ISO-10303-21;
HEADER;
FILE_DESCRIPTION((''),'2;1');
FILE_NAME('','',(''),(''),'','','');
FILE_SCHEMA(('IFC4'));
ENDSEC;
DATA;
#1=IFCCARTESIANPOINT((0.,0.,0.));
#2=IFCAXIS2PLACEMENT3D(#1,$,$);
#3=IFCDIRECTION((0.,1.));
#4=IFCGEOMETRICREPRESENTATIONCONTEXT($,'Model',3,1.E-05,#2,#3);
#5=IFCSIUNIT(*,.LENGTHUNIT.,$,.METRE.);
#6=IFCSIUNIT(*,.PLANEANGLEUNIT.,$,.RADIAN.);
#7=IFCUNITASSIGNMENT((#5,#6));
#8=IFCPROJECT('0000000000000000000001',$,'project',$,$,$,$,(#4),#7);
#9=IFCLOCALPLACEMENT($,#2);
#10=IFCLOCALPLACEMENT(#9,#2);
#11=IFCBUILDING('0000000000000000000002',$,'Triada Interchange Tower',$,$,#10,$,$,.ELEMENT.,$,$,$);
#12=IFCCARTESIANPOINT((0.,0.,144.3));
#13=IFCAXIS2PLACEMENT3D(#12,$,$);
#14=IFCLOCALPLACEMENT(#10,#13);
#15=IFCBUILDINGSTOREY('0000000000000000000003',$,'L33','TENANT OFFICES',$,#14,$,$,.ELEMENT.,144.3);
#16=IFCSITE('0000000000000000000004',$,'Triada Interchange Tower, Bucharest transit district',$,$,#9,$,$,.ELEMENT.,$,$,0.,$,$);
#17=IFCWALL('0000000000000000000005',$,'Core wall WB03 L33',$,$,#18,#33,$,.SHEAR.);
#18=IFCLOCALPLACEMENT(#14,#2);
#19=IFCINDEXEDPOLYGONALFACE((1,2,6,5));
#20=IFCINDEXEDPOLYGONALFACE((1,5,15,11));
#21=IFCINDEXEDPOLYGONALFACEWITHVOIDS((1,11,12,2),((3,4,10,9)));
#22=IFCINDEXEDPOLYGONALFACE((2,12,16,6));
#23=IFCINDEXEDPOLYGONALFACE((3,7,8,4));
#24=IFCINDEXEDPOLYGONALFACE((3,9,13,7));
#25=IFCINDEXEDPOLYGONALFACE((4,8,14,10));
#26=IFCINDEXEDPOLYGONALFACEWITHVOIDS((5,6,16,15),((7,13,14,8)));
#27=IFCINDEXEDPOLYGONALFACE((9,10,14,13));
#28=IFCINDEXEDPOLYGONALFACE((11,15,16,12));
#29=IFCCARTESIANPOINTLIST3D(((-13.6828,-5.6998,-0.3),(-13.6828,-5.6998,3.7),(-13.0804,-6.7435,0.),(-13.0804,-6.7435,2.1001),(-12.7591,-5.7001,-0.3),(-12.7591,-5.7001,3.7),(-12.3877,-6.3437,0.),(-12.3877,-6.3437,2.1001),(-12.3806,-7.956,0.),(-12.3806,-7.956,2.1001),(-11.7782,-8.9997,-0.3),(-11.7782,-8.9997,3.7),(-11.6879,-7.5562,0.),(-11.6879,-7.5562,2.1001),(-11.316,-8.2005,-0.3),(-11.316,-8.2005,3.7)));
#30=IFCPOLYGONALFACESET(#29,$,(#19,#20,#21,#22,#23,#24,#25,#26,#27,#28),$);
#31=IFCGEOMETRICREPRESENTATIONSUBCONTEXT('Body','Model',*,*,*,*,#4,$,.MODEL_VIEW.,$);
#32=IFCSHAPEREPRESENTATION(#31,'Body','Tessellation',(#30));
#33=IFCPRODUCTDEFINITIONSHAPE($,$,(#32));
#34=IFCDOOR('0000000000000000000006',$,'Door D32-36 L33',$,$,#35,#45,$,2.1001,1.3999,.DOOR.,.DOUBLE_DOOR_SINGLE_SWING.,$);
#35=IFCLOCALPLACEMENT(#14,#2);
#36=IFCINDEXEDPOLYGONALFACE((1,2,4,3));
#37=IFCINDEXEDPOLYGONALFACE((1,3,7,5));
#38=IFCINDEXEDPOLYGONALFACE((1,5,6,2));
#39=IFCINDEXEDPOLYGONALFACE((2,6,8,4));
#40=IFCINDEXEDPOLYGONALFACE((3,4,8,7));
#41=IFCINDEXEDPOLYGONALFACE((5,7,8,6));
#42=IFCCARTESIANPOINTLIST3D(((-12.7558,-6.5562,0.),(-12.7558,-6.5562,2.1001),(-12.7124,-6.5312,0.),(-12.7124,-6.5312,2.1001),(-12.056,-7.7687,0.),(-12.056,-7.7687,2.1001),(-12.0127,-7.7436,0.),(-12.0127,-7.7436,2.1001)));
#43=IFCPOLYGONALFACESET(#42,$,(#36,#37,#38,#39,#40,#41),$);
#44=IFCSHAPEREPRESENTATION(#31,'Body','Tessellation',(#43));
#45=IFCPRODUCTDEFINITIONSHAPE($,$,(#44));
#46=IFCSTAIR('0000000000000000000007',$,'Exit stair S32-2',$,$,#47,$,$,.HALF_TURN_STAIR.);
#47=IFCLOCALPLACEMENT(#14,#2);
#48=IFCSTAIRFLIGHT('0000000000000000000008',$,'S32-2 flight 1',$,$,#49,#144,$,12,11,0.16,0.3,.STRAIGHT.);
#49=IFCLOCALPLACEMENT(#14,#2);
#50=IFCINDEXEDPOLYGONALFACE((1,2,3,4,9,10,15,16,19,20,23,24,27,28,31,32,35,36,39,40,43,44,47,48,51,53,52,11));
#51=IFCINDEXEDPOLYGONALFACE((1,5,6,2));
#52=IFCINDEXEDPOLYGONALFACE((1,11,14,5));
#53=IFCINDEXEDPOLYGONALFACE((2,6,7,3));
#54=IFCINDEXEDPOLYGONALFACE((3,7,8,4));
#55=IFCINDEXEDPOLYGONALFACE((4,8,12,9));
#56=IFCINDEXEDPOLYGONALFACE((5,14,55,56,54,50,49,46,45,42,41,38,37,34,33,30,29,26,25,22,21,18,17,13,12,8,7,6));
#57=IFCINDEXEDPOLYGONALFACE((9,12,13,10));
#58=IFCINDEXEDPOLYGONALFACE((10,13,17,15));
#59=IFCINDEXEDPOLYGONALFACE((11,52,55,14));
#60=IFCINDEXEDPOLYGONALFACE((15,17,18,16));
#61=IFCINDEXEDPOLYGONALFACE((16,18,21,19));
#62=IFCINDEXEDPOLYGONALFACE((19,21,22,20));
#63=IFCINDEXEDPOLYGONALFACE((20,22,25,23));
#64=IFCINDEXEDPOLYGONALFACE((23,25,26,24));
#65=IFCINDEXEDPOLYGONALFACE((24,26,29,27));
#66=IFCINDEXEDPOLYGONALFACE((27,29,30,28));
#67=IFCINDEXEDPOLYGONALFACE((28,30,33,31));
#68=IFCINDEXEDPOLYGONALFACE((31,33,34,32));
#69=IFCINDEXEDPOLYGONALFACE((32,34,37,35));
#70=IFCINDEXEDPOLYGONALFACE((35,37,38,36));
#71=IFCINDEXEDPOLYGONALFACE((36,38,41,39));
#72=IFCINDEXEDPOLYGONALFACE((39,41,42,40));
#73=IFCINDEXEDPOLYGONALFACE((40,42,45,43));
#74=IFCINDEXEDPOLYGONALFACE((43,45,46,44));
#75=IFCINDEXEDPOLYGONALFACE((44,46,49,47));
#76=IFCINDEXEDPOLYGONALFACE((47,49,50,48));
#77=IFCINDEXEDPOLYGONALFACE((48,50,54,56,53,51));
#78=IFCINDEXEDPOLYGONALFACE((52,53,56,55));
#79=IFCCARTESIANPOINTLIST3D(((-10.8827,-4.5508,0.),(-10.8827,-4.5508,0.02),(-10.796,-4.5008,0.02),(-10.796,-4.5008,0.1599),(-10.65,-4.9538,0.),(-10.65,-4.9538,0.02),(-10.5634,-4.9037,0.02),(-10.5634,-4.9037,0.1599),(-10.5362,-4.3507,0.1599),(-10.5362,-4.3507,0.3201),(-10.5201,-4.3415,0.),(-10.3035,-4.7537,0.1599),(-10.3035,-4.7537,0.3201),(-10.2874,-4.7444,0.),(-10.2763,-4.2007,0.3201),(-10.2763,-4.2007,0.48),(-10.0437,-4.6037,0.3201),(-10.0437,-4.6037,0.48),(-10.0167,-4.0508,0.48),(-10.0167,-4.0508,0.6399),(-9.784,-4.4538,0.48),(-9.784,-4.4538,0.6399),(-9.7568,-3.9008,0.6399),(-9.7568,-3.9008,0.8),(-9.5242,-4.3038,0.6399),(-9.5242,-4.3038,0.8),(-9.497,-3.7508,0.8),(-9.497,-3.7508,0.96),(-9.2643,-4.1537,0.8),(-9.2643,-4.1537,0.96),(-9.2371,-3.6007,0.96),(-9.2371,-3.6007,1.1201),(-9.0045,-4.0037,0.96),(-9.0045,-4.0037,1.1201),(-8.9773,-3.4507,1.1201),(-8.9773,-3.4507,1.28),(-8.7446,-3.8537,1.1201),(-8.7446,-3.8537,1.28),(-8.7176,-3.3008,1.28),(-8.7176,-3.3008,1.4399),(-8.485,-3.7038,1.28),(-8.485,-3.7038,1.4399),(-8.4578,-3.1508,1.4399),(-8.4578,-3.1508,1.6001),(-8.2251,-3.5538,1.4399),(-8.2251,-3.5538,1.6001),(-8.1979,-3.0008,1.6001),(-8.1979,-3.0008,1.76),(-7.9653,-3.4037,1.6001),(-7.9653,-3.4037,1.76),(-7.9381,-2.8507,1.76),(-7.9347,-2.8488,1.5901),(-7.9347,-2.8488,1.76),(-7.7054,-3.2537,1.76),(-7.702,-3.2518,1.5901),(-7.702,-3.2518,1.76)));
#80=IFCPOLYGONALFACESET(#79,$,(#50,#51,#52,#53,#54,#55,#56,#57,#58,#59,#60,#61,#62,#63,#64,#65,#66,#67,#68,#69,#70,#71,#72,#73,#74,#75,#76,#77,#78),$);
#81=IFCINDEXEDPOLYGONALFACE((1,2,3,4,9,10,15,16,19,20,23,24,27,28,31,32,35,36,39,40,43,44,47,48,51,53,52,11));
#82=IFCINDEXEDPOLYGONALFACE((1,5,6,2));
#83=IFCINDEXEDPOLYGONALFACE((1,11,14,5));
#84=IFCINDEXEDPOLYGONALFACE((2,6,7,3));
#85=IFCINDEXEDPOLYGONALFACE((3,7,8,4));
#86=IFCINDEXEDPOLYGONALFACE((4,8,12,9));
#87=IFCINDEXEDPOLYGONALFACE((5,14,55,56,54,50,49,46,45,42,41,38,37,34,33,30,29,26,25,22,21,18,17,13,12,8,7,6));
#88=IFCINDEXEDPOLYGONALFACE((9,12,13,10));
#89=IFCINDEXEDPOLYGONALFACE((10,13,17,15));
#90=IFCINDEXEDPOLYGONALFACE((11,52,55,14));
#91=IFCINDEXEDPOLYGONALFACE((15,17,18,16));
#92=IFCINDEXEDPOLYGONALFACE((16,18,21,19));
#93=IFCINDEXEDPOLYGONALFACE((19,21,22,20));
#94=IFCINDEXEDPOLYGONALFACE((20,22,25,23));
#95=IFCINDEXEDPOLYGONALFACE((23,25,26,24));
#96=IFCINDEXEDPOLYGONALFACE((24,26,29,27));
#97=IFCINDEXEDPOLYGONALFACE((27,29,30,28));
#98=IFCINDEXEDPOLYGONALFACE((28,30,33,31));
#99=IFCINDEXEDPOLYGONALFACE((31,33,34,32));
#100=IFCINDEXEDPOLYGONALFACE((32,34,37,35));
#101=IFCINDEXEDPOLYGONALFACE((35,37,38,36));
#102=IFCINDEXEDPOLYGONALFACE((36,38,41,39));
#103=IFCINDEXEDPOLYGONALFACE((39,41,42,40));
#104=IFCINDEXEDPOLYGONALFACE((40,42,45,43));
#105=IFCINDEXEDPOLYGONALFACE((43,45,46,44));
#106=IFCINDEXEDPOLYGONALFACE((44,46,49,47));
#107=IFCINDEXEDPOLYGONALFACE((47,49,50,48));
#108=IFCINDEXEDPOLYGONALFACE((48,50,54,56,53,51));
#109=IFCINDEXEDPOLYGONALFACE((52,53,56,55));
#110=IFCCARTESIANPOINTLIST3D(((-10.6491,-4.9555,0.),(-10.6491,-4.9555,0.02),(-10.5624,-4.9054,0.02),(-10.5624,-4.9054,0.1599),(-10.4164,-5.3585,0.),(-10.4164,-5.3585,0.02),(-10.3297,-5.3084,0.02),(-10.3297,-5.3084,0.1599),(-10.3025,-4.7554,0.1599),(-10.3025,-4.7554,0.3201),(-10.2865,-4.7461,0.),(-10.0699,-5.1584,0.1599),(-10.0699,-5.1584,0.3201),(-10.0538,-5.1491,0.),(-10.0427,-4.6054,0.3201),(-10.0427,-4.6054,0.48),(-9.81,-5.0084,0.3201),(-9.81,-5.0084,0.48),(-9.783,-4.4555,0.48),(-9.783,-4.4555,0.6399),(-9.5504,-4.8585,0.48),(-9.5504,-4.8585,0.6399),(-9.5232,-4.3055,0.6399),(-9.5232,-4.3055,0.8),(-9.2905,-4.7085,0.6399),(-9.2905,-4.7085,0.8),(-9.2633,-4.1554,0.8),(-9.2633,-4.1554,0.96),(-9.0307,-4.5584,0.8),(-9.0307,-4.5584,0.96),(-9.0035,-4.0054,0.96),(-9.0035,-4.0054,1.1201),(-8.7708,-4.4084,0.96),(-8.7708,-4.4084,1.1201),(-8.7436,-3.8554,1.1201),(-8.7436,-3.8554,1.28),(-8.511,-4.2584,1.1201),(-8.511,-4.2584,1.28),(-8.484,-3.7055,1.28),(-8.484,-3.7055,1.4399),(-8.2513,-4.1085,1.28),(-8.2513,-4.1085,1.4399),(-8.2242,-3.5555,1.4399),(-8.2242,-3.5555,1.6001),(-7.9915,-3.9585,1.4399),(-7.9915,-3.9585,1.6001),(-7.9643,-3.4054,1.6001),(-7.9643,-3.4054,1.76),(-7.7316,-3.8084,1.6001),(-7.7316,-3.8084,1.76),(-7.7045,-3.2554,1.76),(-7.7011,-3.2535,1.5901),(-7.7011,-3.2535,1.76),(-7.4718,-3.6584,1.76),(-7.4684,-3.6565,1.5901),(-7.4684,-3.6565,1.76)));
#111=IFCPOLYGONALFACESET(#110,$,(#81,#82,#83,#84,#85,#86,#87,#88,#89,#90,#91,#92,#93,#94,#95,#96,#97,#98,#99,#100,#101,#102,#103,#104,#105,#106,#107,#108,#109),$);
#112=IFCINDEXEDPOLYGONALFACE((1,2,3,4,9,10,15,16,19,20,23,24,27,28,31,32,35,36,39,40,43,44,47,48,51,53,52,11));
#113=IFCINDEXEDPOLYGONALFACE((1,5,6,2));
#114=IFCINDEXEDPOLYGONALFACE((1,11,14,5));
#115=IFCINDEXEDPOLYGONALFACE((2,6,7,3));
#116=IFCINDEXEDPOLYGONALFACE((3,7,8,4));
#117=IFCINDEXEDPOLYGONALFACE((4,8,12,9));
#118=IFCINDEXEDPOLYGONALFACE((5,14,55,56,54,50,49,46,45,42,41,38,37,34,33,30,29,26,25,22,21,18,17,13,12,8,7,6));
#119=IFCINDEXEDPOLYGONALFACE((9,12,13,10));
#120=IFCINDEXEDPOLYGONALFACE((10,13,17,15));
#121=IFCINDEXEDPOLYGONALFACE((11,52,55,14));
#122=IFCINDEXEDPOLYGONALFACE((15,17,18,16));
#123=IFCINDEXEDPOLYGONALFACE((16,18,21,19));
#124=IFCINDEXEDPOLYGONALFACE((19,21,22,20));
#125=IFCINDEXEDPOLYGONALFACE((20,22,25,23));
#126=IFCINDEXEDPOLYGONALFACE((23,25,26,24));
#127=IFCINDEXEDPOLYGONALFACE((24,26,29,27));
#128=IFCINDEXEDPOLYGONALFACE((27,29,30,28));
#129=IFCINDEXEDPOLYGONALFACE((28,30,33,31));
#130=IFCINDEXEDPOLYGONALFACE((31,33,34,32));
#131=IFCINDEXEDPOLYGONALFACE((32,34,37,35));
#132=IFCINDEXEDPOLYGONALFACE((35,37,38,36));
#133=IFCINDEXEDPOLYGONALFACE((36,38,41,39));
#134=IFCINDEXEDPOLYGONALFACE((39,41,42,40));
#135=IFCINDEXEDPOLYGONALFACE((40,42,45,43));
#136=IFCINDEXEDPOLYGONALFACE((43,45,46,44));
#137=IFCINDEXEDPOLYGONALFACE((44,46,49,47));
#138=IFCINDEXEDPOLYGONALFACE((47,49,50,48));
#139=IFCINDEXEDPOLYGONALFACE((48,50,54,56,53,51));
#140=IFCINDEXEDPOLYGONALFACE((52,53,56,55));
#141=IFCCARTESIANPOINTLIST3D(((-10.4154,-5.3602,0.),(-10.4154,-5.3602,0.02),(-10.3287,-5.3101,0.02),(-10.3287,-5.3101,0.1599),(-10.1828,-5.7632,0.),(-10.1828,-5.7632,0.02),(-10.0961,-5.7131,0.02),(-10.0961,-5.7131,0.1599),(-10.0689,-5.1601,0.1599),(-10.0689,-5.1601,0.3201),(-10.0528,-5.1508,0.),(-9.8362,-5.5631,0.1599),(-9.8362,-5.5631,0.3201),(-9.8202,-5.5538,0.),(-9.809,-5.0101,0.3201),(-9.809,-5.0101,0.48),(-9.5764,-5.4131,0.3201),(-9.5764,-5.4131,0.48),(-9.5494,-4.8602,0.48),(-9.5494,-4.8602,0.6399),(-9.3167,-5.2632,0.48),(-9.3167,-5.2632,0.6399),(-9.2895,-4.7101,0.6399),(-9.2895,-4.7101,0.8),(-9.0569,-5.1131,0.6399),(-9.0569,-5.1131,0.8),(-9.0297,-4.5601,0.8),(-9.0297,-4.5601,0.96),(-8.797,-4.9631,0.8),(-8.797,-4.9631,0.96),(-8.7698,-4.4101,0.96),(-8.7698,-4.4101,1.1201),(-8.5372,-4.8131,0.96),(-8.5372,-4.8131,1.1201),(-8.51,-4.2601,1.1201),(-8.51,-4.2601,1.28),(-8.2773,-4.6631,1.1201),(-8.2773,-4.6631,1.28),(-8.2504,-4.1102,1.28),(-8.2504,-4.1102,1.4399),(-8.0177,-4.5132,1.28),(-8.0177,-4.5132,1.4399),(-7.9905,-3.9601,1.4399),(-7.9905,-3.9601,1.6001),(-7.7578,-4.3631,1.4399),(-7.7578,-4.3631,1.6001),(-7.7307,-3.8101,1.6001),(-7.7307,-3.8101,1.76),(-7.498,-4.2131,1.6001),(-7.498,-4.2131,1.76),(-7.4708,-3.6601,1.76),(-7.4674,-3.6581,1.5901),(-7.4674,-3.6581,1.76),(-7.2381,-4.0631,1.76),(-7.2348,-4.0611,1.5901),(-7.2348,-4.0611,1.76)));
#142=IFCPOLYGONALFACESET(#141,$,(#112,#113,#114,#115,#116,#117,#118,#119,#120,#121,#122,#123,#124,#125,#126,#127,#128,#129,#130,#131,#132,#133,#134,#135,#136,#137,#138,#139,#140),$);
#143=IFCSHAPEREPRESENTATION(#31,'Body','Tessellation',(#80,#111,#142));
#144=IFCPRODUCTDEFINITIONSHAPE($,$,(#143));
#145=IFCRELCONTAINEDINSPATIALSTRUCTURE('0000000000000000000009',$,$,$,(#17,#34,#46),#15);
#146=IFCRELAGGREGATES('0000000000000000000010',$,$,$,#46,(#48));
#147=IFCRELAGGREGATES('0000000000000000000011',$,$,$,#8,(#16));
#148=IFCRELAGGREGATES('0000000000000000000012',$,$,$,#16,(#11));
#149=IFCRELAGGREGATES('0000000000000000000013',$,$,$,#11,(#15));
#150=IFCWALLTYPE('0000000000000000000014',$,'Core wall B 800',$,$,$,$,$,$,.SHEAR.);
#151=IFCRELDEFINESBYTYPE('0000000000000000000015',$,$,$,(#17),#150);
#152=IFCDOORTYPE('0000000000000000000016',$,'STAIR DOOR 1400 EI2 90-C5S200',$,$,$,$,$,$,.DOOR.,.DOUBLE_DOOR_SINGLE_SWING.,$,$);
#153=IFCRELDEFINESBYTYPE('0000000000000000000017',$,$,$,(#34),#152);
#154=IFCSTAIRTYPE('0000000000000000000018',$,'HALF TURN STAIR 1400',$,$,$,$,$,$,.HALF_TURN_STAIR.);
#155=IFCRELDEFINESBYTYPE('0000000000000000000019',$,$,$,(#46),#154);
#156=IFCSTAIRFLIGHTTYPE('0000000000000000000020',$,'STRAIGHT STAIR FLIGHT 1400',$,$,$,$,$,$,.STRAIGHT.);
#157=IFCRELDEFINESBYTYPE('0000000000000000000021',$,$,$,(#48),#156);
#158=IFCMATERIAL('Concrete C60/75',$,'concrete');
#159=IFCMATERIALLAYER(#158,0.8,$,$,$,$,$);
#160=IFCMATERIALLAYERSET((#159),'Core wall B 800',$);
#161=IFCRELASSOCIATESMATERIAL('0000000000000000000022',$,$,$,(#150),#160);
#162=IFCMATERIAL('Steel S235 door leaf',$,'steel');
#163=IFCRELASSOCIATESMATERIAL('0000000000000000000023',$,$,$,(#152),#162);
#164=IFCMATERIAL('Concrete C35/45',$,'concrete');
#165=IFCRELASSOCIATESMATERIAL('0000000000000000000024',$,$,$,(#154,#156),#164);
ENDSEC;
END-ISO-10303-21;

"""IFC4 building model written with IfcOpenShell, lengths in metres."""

from ifc_helpers import new_model, si_unit, direction, frame, frame_2d, origin, place, context, subcontext, project, spatial, polyline, rectangle, outline, extrude, material, layer, layer_set, type_object, element, fill, aggregate, save


model = new_model("IFC4")

# Units and contexts
model_context = context("Model", 3, precision=1e-05, world=origin(), true_north=direction((0.0, 1.0)))
body_context = subcontext(model_context, "Body", "Model", "MODEL_VIEW")
ifc_project = project(units=[si_unit("LENGTHUNIT", "METRE"), si_unit("PLANEANGLEUNIT", "RADIAN")], contexts=[model_context])

# Site, building, storey
site_placement = place(None, origin())
site = spatial("IfcSite", under=ifc_project, at=site_placement, Name="Triada Interchange Tower, Bucharest transit district", CompositionType="ELEMENT", RefElevation=0.0)
building_placement = place(site_placement, origin())
building = spatial("IfcBuilding", under=site, at=building_placement, Name="Triada Interchange Tower", CompositionType="ELEMENT")
storey_placement = place(building_placement, frame((0.0, 0.0, 144.3)))
storey = spatial("IfcBuildingStorey", under=building, at=storey_placement, Name="L33", Description="TENANT OFFICES", CompositionType="ELEMENT", Elevation=144.3)

# Shared definitions
ifc_material_1 = material(Name="Steel S235 door leaf", Category="steel")

# Wall, opening, door
ifc_material_2 = material(Name="Concrete C60/75", Category="concrete")
ifc_layer_1 = layer(ifc_material_2, 0.8)
ifc_layer_set_1 = layer_set([ifc_layer_1], Name="Core wall B 800")
wall_type_1 = type_object("IfcWallType", Name="Core wall B 800", PredefinedType="SHEAR", material=ifc_layer_set_1)
wall_1_placement = place(storey_placement, frame((-13.2209, -5.7, -0.3), z_axis=(0.0, 0.0, 1.0), x_axis=(0.499872, -0.866099, 0.0)))
wall_1 = element("IfcWall", 1, at=wall_1_placement, inside=storey, type_object=wall_type_1, Name="Core wall WB03 L33", PredefinedType="SHEAR", context=body_context, shape_type="SweptSolid", body=[
    extrude(outline(polyline([(-0.231, -0.3999), (1.6741, -0.3999), (3.5791, -0.3999), (3.1179, 0.3999), (1.6743, 0.3999), (0.231, 0.3999), (-0.231, -0.3999)])), origin(), (0.0, 0.0, 1.0), 4.0),
])
opening_1_placement = place(wall_1_placement, frame((0.9741, 0.0, 0.3)))
opening_1 = element("IfcOpeningElement", 2, at=opening_1_placement, cuts=wall_1, PredefinedType="OPENING", context=body_context, shape_type="SweptSolid", body=[
    extrude(rectangle(XDim=1.3999, YDim=2.1001, at=frame_2d((0.7, 1.05))), frame((0.0, 0.4099, 0.0), z_axis=(0.0, -1.0, 0.0), x_axis=(1.0, 0.0, 0.0)), (0.0, 0.0, 1.0), 0.8201),
])
door_type_1 = type_object("IfcDoorType", Name="STAIR DOOR 1400 EI2 90-C5S200", OperationType="DOUBLE_DOOR_SINGLE_SWING", PredefinedType="DOOR", material=ifc_material_1)
door_1_placement = place(opening_1_placement, origin())
door_1 = element("IfcDoor", 3, at=door_1_placement, inside=storey, type_object=door_type_1, Name="Door D32-36 L33", OperationType="DOUBLE_DOOR_SINGLE_SWING", OverallHeight=2.1001, OverallWidth=1.3999, PredefinedType="DOOR", context=body_context, shape_type="SweptSolid", body=[
    extrude(rectangle(XDim=1.3999, YDim=2.1001, at=frame_2d((0.7, 1.05))), frame((0.0, 0.0249, 0.0), z_axis=(0.0, -1.0, 0.0), x_axis=(1.0, 0.0, 0.0)), (0.0, 0.0, 1.0), 0.05),
])
fill(opening_1, door_1)

# Stair, stair flight
ifc_material_3 = material(Name="Concrete C35/45", Category="concrete")
stair_type = type_object("IfcStairType", Name="HALF TURN STAIR 1400", PredefinedType="HALF_TURN_STAIR", material=ifc_material_3)
stair_placement = place(storey_placement, origin())
stair = element("IfcStair", 4, at=stair_placement, inside=storey, type_object=stair_type, Name="Exit stair S32-2", PredefinedType="HALF_TURN_STAIR")
stair_flight_type = type_object("IfcStairFlightType", Name="STRAIGHT STAIR FLIGHT 1400", PredefinedType="STRAIGHT", material=ifc_material_3)
stair_flight_1_placement = place(storey_placement, frame((-10.446, -5.1069, 0.0), z_axis=(0.0, 0.0, 1.0), x_axis=(0.866025, 0.5, 0.0)))
stair_flight_1 = element("IfcStairFlight", 5, at=stair_flight_1_placement, type_object=stair_flight_type, Name="S32-2 flight 1", NumberOfRisers=12, NumberOfTreads=11, PredefinedType="STRAIGHT", RiserHeight=0.16, TreadLength=0.3, context=body_context, shape_type="SweptSolid", body=[
    extrude(outline(polyline([(-0.1001, 0.0), (-0.1001, 0.02), (0.0, 0.02), (0.0, 0.1599), (0.3, 0.1599), (0.3, 0.3201), (0.6001, 0.3201), (0.6001, 0.48), (0.8999, 0.48), (0.8999, 0.6399), (1.2, 0.6399), (1.2, 0.8), (1.5, 0.8), (1.5, 0.96), (1.8, 0.96), (1.8, 1.1201), (2.1001, 1.1201), (2.1001, 1.28), (2.3999, 1.28), (2.3999, 1.4399), (2.7, 1.4399), (2.7, 1.6001), (3.0, 1.6001), (3.0, 1.76), (3.3, 1.76), (3.304, 1.76), (3.304, 1.9199), (3.304, 1.5901), (0.3186, 0.0), (-0.1001, 0.0)])), frame((0.0, 0.7, 0.0), z_axis=(0.0, -1.0, 0.0), x_axis=(1.0, 0.0, 0.0)), (0.0, 0.0, 1.0), 0.4653),
    extrude(outline(polyline([(-0.1001, 0.0), (-0.1001, 0.02), (0.0, 0.02), (0.0, 0.1599), (0.3, 0.1599), (0.3, 0.3201), (0.6001, 0.3201), (0.6001, 0.48), (0.8999, 0.48), (0.8999, 0.6399), (1.2, 0.6399), (1.2, 0.8), (1.5, 0.8), (1.5, 0.96), (1.8, 0.96), (1.8, 1.1201), (2.1001, 1.1201), (2.1001, 1.28), (2.3999, 1.28), (2.3999, 1.4399), (2.7, 1.4399), (2.7, 1.6001), (3.0, 1.6001), (3.0, 1.76), (3.3, 1.76), (3.304, 1.76), (3.304, 1.9199), (3.304, 1.5901), (0.3186, 0.0), (-0.1001, 0.0)])), frame((0.0, 0.2327, 0.0), z_axis=(0.0, -1.0, 0.0), x_axis=(1.0, 0.0, 0.0)), (0.0, 0.0, 1.0), 0.4653),
    extrude(outline(polyline([(-0.1001, 0.0), (-0.1001, 0.02), (0.0, 0.02), (0.0, 0.1599), (0.3, 0.1599), (0.3, 0.3201), (0.6001, 0.3201), (0.6001, 0.48), (0.8999, 0.48), (0.8999, 0.6399), (1.2, 0.6399), (1.2, 0.8), (1.5, 0.8), (1.5, 0.96), (1.8, 0.96), (1.8, 1.1201), (2.1001, 1.1201), (2.1001, 1.28), (2.3999, 1.28), (2.3999, 1.4399), (2.7, 1.4399), (2.7, 1.6001), (3.0, 1.6001), (3.0, 1.76), (3.3, 1.76), (3.304, 1.76), (3.304, 1.9199), (3.304, 1.5901), (0.3186, 0.0), (-0.1001, 0.0)])), frame((0.0, -0.2346, 0.0), z_axis=(0.0, -1.0, 0.0), x_axis=(1.0, 0.0, 0.0)), (0.0, 0.0, 1.0), 0.4653),
])
aggregate(stair, [stair_flight_1])

save(model, "model.ifc")
